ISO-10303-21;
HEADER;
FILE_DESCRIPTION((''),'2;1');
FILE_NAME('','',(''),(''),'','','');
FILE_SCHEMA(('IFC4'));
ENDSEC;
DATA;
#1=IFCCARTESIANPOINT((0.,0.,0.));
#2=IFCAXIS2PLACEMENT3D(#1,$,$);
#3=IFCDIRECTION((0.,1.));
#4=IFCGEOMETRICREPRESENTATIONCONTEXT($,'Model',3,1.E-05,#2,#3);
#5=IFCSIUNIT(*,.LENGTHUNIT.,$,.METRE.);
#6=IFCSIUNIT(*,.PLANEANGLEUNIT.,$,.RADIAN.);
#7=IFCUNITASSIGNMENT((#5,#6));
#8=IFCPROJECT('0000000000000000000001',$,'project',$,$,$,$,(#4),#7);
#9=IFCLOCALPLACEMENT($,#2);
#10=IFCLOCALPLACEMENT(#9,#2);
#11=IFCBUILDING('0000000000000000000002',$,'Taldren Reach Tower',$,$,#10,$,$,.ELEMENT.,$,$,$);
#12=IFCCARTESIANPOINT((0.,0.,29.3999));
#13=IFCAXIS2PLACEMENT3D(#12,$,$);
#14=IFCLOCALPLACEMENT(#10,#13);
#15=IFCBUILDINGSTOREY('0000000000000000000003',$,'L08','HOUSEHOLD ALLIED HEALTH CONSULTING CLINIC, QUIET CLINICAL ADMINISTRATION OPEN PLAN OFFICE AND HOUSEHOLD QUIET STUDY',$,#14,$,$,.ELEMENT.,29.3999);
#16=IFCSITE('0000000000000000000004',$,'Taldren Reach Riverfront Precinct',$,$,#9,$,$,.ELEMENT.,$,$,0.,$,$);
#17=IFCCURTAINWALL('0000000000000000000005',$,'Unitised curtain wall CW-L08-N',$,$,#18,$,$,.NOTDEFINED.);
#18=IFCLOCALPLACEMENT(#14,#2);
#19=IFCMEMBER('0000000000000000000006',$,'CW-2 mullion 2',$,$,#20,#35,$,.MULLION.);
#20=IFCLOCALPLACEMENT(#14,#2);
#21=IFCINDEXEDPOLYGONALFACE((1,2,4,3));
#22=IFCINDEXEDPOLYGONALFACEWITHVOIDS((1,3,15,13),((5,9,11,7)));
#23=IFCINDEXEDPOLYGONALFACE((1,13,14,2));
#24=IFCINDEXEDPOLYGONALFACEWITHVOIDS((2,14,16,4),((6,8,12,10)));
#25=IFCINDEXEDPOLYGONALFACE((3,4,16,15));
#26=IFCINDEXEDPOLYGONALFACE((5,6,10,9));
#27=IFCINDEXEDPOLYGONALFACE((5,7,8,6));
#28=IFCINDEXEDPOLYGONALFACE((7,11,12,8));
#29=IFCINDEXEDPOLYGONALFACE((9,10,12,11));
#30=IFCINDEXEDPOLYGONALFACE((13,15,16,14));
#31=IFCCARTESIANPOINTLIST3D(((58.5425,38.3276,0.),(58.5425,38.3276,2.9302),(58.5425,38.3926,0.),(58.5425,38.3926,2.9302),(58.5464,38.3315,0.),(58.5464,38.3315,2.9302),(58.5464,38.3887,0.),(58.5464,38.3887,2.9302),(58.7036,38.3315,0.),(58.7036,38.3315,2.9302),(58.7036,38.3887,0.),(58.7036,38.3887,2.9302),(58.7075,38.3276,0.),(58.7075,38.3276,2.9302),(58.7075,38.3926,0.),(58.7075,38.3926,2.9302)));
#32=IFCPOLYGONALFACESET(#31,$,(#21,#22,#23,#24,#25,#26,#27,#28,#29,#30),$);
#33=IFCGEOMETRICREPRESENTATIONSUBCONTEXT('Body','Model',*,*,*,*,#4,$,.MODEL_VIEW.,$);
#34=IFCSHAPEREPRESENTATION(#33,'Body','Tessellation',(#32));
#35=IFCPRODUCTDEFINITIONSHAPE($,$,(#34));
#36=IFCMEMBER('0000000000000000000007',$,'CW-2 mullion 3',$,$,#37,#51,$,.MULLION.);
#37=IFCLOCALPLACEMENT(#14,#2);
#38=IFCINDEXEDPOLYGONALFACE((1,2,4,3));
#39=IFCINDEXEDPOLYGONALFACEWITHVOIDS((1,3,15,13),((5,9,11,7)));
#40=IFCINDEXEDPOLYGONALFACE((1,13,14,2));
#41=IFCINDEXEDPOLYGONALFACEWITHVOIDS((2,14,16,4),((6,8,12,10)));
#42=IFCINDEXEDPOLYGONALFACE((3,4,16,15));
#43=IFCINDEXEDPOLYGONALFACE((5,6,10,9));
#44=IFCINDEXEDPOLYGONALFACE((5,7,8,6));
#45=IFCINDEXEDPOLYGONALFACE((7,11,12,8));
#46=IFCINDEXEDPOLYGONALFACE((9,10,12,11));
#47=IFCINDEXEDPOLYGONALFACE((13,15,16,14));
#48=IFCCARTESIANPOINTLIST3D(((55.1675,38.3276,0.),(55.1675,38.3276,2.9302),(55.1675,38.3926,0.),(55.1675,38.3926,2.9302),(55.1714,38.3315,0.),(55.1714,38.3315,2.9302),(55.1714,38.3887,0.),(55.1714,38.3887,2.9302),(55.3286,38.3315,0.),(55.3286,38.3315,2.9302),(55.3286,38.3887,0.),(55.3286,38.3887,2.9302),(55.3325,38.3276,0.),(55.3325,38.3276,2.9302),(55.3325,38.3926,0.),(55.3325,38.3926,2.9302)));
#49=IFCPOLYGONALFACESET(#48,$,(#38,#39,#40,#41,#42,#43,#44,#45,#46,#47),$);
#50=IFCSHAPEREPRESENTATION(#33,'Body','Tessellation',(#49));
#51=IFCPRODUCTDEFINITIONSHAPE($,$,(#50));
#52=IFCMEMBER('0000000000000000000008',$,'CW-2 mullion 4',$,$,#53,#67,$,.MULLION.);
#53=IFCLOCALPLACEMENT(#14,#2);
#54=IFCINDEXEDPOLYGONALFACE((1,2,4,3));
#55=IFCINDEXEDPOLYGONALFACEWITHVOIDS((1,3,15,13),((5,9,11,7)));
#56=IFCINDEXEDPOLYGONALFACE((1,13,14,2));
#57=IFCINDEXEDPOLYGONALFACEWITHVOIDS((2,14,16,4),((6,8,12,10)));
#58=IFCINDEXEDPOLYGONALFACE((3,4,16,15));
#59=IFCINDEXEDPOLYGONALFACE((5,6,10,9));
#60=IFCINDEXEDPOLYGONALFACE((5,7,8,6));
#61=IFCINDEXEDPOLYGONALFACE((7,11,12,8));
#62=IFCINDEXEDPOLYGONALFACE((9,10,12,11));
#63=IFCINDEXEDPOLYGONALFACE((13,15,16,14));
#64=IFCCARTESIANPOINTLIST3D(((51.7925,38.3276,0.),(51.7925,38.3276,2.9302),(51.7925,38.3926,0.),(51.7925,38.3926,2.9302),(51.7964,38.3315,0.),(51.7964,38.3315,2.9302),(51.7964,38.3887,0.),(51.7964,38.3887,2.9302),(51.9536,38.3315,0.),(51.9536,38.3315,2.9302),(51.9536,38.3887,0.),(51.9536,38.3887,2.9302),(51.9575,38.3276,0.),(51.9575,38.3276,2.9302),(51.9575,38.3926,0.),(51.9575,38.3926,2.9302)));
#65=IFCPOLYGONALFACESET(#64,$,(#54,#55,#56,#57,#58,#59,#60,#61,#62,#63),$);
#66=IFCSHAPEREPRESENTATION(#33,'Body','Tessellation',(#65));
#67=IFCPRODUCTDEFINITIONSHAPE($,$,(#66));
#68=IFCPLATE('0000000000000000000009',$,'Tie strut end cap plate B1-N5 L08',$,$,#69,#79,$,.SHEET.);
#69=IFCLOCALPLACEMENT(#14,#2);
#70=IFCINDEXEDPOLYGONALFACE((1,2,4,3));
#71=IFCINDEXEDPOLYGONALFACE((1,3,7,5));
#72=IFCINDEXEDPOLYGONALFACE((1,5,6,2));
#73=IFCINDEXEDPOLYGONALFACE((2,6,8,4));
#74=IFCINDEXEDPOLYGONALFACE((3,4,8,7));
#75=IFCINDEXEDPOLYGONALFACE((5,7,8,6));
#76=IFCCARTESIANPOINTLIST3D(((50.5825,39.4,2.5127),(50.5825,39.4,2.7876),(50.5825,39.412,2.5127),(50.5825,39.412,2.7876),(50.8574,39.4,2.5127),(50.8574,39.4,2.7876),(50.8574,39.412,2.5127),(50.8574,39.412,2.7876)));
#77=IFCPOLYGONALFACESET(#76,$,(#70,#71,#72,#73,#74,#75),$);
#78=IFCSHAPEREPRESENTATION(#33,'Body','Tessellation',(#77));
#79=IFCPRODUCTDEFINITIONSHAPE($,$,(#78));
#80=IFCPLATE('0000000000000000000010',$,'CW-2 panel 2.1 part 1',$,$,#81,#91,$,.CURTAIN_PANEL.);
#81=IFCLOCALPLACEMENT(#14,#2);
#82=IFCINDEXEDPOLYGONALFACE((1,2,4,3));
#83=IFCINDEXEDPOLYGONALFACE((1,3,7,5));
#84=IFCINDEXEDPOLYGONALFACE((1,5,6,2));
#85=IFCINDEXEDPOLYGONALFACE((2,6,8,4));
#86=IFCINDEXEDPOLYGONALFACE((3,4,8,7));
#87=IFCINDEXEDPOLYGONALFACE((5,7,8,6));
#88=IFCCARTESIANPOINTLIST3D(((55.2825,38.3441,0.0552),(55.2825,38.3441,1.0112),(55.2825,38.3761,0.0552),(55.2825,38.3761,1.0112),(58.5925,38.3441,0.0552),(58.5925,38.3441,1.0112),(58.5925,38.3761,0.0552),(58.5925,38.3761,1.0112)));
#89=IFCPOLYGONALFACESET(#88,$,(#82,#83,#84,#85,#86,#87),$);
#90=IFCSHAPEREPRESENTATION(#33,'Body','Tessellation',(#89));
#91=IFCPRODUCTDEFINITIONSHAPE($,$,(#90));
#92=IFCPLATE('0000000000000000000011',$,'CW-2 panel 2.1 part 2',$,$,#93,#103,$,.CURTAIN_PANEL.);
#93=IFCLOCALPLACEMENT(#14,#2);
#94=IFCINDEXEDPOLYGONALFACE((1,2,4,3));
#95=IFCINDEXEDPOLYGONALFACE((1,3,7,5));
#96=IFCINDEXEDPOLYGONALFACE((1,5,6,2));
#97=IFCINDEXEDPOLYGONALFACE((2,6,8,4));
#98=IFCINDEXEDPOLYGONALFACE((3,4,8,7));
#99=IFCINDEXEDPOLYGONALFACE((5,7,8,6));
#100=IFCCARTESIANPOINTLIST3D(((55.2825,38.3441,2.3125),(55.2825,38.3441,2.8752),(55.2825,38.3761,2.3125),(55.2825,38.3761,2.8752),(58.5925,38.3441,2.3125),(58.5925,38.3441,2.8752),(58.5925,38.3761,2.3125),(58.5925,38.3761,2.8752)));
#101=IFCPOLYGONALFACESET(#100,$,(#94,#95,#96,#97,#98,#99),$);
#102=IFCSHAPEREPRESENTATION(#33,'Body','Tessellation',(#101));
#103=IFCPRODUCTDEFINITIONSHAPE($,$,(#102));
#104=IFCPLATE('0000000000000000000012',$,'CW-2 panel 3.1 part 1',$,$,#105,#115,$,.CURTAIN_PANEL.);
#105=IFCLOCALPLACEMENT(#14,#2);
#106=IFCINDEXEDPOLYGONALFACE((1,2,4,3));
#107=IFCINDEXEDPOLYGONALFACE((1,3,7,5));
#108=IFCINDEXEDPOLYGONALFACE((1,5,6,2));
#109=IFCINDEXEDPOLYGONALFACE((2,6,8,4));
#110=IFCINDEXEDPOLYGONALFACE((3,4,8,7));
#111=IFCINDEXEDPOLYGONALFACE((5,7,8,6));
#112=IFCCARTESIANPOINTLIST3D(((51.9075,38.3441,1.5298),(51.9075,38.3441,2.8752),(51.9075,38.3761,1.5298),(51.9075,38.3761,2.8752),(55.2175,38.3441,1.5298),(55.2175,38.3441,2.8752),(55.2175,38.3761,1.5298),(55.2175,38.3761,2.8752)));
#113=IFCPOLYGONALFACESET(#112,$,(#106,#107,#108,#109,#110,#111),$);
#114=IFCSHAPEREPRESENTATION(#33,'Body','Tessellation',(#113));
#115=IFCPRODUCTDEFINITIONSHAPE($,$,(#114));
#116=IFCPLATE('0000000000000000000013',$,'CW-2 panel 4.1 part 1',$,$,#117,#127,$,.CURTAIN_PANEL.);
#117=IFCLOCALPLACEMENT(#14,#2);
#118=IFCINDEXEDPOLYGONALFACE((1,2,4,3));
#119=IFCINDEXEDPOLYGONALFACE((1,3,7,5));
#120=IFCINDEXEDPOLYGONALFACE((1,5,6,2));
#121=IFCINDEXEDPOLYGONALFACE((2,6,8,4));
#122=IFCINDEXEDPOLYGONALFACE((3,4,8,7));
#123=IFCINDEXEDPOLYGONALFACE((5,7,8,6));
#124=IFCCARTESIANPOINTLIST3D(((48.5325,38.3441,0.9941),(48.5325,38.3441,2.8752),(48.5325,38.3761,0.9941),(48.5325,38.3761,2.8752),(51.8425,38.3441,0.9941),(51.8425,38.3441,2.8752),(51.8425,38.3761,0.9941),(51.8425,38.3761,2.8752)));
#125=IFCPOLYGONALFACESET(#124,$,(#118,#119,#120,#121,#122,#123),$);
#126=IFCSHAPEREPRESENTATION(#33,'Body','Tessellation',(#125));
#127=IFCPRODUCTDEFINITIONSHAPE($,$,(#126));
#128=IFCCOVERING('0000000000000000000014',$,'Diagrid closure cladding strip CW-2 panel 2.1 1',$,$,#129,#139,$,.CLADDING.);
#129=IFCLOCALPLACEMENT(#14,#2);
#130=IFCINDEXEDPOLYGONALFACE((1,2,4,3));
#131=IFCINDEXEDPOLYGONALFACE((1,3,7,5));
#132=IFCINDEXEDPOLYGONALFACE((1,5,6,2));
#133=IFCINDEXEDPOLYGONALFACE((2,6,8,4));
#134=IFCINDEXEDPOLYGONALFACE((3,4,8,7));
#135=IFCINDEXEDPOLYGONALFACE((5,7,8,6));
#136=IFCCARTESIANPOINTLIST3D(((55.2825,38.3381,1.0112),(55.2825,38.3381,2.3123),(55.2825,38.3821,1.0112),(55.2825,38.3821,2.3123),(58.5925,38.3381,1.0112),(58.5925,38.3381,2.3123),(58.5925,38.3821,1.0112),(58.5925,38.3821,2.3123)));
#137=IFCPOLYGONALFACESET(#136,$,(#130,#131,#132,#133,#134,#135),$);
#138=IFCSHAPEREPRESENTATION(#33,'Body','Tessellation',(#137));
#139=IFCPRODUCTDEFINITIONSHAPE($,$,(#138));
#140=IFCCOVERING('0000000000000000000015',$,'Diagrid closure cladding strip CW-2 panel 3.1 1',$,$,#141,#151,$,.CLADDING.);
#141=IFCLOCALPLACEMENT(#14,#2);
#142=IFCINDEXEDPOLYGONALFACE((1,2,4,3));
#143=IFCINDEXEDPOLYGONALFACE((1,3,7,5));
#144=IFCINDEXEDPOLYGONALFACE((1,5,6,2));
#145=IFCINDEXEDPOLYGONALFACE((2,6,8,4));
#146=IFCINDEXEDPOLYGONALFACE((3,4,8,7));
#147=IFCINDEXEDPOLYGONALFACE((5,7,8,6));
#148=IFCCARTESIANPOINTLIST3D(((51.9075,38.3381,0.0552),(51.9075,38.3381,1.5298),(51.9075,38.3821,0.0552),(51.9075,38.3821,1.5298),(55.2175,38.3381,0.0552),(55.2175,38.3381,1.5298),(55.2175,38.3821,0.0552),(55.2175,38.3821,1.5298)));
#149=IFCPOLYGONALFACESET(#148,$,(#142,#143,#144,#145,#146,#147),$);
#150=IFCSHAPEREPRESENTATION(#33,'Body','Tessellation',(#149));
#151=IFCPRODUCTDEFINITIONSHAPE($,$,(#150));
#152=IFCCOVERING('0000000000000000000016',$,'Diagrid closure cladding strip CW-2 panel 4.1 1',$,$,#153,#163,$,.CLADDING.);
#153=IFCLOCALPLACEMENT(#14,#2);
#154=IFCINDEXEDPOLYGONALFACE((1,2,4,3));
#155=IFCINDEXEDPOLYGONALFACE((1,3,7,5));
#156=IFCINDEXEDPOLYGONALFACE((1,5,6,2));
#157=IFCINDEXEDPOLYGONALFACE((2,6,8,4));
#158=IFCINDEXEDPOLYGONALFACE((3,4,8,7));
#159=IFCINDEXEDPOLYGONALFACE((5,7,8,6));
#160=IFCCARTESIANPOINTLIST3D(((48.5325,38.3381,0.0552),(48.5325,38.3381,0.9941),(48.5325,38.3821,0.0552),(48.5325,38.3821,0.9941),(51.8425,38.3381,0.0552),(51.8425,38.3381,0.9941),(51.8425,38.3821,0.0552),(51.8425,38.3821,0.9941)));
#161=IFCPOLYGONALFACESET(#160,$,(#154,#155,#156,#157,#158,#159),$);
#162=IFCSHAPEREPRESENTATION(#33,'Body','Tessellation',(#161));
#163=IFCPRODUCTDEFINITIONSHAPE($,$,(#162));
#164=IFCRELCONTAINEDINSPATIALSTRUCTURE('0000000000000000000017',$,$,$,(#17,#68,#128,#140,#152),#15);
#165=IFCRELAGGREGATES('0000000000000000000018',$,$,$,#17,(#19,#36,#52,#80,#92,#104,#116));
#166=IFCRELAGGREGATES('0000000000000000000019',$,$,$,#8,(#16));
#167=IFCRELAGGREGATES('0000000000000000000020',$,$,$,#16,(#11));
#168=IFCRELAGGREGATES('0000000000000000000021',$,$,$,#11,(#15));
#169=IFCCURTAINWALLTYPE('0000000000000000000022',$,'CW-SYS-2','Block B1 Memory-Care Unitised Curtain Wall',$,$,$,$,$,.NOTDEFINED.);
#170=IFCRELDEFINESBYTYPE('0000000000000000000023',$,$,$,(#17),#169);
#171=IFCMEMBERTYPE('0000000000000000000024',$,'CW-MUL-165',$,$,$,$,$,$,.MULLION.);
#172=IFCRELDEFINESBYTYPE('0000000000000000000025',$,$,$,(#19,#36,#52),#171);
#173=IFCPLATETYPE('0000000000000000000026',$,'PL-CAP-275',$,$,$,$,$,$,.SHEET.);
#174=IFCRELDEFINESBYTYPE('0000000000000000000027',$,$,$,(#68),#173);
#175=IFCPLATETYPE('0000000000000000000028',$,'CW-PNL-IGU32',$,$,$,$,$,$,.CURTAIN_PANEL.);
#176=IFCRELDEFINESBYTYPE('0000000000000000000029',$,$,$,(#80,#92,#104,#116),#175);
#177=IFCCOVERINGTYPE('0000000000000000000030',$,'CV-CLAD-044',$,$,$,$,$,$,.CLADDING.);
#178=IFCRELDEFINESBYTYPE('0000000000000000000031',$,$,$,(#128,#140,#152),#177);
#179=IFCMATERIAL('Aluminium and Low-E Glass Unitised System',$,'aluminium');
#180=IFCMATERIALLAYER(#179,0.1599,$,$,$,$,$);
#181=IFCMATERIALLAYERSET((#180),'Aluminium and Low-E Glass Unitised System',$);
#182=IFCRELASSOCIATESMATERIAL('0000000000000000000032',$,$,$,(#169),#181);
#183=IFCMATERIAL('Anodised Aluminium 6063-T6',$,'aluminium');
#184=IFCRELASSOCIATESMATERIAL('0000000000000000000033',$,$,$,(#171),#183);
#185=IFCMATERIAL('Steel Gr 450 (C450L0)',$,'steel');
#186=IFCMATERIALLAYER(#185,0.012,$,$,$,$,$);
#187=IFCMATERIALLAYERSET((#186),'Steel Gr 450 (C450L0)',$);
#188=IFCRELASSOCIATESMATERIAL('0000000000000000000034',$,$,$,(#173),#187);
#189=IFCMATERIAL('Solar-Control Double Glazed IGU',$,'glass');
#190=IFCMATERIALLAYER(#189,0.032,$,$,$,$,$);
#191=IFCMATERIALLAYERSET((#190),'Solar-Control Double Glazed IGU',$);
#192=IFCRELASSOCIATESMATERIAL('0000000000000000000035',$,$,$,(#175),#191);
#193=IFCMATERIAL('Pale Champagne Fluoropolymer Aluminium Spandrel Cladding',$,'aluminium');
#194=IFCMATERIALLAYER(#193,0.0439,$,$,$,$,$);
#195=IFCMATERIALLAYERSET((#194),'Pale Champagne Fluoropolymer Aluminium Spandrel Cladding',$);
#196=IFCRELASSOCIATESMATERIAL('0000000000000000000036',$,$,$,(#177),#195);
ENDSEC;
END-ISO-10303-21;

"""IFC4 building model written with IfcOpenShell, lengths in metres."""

from ifc_helpers import new_model, si_unit, direction, frame, origin, origin_2d, place, context, subcontext, project, spatial, rectangle, hollow_rectangle, extrude, source, transform, mapped, material, layer, layer_set, material_profile, profile_set, type_object, element, aggregate, save


model = new_model("IFC4")

# Units and contexts
model_context = context("Model", 3, precision=1e-05, world=origin(), true_north=direction((0.0, 1.0)))
body_context = subcontext(model_context, "Body", "Model", "MODEL_VIEW")
ifc_project = project(units=[si_unit("LENGTHUNIT", "METRE"), si_unit("PLANEANGLEUNIT", "RADIAN")], contexts=[model_context])

# Site, building, storey
site_placement = place(None, origin())
site = spatial("IfcSite", under=ifc_project, at=site_placement, Name="Taldren Reach Riverfront Precinct", CompositionType="ELEMENT", RefElevation=0.0)
building_placement = place(site_placement, origin())
building = spatial("IfcBuilding", under=site, at=building_placement, Name="Taldren Reach Tower", CompositionType="ELEMENT")
storey_placement = place(building_placement, frame((0.0, 0.0, 29.3999)))
storey = spatial("IfcBuildingStorey", under=building, at=storey_placement, Name="L08", Description="HOUSEHOLD ALLIED HEALTH CONSULTING CLINIC, QUIET CLINICAL ADMINISTRATION OPEN PLAN OFFICE AND HOUSEHOLD QUIET STUDY", CompositionType="ELEMENT", Elevation=29.3999)

# Shared definitions
ifc_material_1 = material(Name="Steel Gr 450 (C450L0)", Category="steel")

# Curtain wall, members
ifc_material_2 = material(Name="Aluminium and Low-E Glass Unitised System", Category="aluminium")
ifc_layer_1 = layer(ifc_material_2, 0.1599)
ifc_layer_set_1 = layer_set([ifc_layer_1], Name="Aluminium and Low-E Glass Unitised System")
curtain_wall_type = type_object("IfcCurtainWallType", Name="CW-SYS-2", Description="Block B1 Memory-Care Unitised Curtain Wall", PredefinedType="NOTDEFINED", material=ifc_layer_set_1)
curtain_wall_placement = place(storey_placement, origin())
curtain_wall = element("IfcCurtainWall", 1, at=curtain_wall_placement, inside=storey, type_object=curtain_wall_type, Name="Unitised curtain wall CW-L08-N", PredefinedType="NOTDEFINED")
ifc_material_3 = material(Name="Anodised Aluminium 6063-T6", Category="aluminium")
ifc_material_profile_1 = material_profile(ifc_material_3, hollow_rectangle(XDim=0.0649, YDim=0.165, WallThickness=0.0039, at=origin_2d()), Name="ALU-165x65x4RHS")
ifc_profile_set_1 = profile_set([ifc_material_profile_1], Name="Anodised Aluminium 6063-T6")
member_type_1 = type_object("IfcMemberType", Name="CW-MUL-165", PredefinedType="MULLION", material=ifc_profile_set_1)
shared_shape_1 = source(origin(), body_context, "Body", "SweptSolid", [
    extrude(hollow_rectangle(XDim=0.0649, YDim=0.165, WallThickness=0.0039, at=origin_2d()), origin(), (0.0, 0.0, 1.0), 2.9302),
])
member_1_placement = place(storey_placement, frame((58.625, 38.3601, 0.0), z_axis=(0.0, 0.0, 1.0), x_axis=(0.0, -1.0, 0.0)))
member_1 = element("IfcMember", 2, at=member_1_placement, type_object=member_type_1, Name="CW-2 mullion 2", PredefinedType="MULLION", context=body_context, shape_type="MappedRepresentation", body=[
    mapped(shared_shape_1, transform((0.0, 0.0, 0.0), scale=1.0)),
])
member_2_placement = place(storey_placement, frame((55.25, 38.3601, 0.0), z_axis=(0.0, 0.0, 1.0), x_axis=(0.0, -1.0, 0.0)))
member_2 = element("IfcMember", 3, at=member_2_placement, type_object=member_type_1, Name="CW-2 mullion 3", PredefinedType="MULLION", context=body_context, shape_type="MappedRepresentation", body=[
    mapped(shared_shape_1, transform((0.0, 0.0, 0.0), scale=1.0)),
])
member_3_placement = place(storey_placement, frame((51.875, 38.3601, 0.0), z_axis=(0.0, 0.0, 1.0), x_axis=(0.0, -1.0, 0.0)))
member_3 = element("IfcMember", 4, at=member_3_placement, type_object=member_type_1, Name="CW-2 mullion 4", PredefinedType="MULLION", context=body_context, shape_type="MappedRepresentation", body=[
    mapped(shared_shape_1, transform((0.0, 0.0, 0.0), scale=1.0)),
])

# Plates
ifc_layer_2 = layer(ifc_material_1, 0.012)
ifc_layer_set_2 = layer_set([ifc_layer_2], Name="Steel Gr 450 (C450L0)")
plate_type_1 = type_object("IfcPlateType", Name="PL-CAP-275", PredefinedType="SHEET", material=ifc_layer_set_2)
shared_shape_2 = source(origin(), body_context, "Body", "SweptSolid", [
    extrude(rectangle(XDim=0.2749, YDim=0.012, at=origin_2d()), origin(), (0.0, 0.0, 1.0), 0.2749),
])
plate_1_placement = place(storey_placement, frame((50.72, 39.406, 2.5127), z_axis=(0.0, 0.0, 1.0), x_axis=(1.0, 0.0, 0.0)))
element("IfcPlate", 5, at=plate_1_placement, inside=storey, type_object=plate_type_1, Name="Tie strut end cap plate B1-N5 L08", PredefinedType="SHEET", context=body_context, shape_type="MappedRepresentation", body=[
    mapped(shared_shape_2, transform((0.0, 0.0, 0.0), scale=1.0)),
])
ifc_material_4 = material(Name="Solar-Control Double Glazed IGU", Category="glass")
ifc_layer_3 = layer(ifc_material_4, 0.032)
ifc_layer_set_3 = layer_set([ifc_layer_3], Name="Solar-Control Double Glazed IGU")
plate_type_2 = type_object("IfcPlateType", Name="CW-PNL-IGU32", PredefinedType="CURTAIN_PANEL", material=ifc_layer_set_3)
shared_shape_3 = source(origin(), body_context, "Body", "SweptSolid", [
    extrude(rectangle(XDim=3.3101, YDim=0.032, at=origin_2d()), origin(), (0.0, 0.0, 1.0), 0.9561),
])
plate_2_placement = place(storey_placement, frame((56.9375, 38.3601, 0.0552), z_axis=(0.0, 0.0, 1.0), x_axis=(-1.0, 0.0, 0.0)))
plate_2 = element("IfcPlate", 6, at=plate_2_placement, type_object=plate_type_2, Name="CW-2 panel 2.1 part 1", PredefinedType="CURTAIN_PANEL", context=body_context, shape_type="MappedRepresentation", body=[
    mapped(shared_shape_3, transform((0.0, 0.0, 0.0), scale=1.0)),
])
shared_shape_4 = source(origin(), body_context, "Body", "SweptSolid", [
    extrude(rectangle(XDim=3.3101, YDim=0.032, at=origin_2d()), origin(), (0.0, 0.0, 1.0), 0.5627),
])
plate_3_placement = place(storey_placement, frame((56.9375, 38.3601, 2.3125), z_axis=(0.0, 0.0, 1.0), x_axis=(-1.0, 0.0, 0.0)))
plate_3 = element("IfcPlate", 7, at=plate_3_placement, type_object=plate_type_2, Name="CW-2 panel 2.1 part 2", PredefinedType="CURTAIN_PANEL", context=body_context, shape_type="MappedRepresentation", body=[
    mapped(shared_shape_4, transform((0.0, 0.0, 0.0), scale=1.0)),
])
shared_shape_5 = source(origin(), body_context, "Body", "SweptSolid", [
    extrude(rectangle(XDim=3.3101, YDim=0.032, at=origin_2d()), origin(), (0.0, 0.0, 1.0), 1.3455),
])
plate_4_placement = place(storey_placement, frame((53.5625, 38.3601, 1.5298), z_axis=(0.0, 0.0, 1.0), x_axis=(-1.0, 0.0, 0.0)))
plate_4 = element("IfcPlate", 8, at=plate_4_placement, type_object=plate_type_2, Name="CW-2 panel 3.1 part 1", PredefinedType="CURTAIN_PANEL", context=body_context, shape_type="MappedRepresentation", body=[
    mapped(shared_shape_5, transform((0.0, 0.0, 0.0), scale=1.0)),
])
shared_shape_6 = source(origin(), body_context, "Body", "SweptSolid", [
    extrude(rectangle(XDim=3.3101, YDim=0.032, at=origin_2d()), origin(), (0.0, 0.0, 1.0), 1.8811),
])
plate_5_placement = place(storey_placement, frame((50.1875, 38.3601, 0.9941), z_axis=(0.0, 0.0, 1.0), x_axis=(-1.0, 0.0, 0.0)))
plate_5 = element("IfcPlate", 9, at=plate_5_placement, type_object=plate_type_2, Name="CW-2 panel 4.1 part 1", PredefinedType="CURTAIN_PANEL", context=body_context, shape_type="MappedRepresentation", body=[
    mapped(shared_shape_6, transform((0.0, 0.0, 0.0), scale=1.0)),
])
aggregate(curtain_wall, [member_1, member_2, member_3, plate_2, plate_3, plate_4, plate_5])

# Coverings
ifc_material_5 = material(Name="Pale Champagne Fluoropolymer Aluminium Spandrel Cladding", Category="aluminium")
ifc_layer_4 = layer(ifc_material_5, 0.0439)
ifc_layer_set_4 = layer_set([ifc_layer_4], Name="Pale Champagne Fluoropolymer Aluminium Spandrel Cladding")
covering_type = type_object("IfcCoveringType", Name="CV-CLAD-044", PredefinedType="CLADDING", material=ifc_layer_set_4)
shared_shape_7 = source(origin(), body_context, "Body", "SweptSolid", [
    extrude(rectangle(XDim=3.3101, YDim=0.0439, at=origin_2d()), origin(), (0.0, 0.0, 1.0), 1.301),
])
covering_1_placement = place(storey_placement, frame((56.9375, 38.3601, 1.0112), z_axis=(0.0, 0.0, 1.0), x_axis=(-1.0, 0.0, 0.0)))
element("IfcCovering", 10, at=covering_1_placement, inside=storey, type_object=covering_type, Name="Diagrid closure cladding strip CW-2 panel 2.1 1", PredefinedType="CLADDING", context=body_context, shape_type="MappedRepresentation", body=[
    mapped(shared_shape_7, transform((0.0, 0.0, 0.0), scale=1.0)),
])
shared_shape_8 = source(origin(), body_context, "Body", "SweptSolid", [
    extrude(rectangle(XDim=3.3101, YDim=0.0439, at=origin_2d()), origin(), (0.0, 0.0, 1.0), 1.4746),
])
covering_2_placement = place(storey_placement, frame((53.5625, 38.3601, 0.0552), z_axis=(0.0, 0.0, 1.0), x_axis=(-1.0, 0.0, 0.0)))
element("IfcCovering", 11, at=covering_2_placement, inside=storey, type_object=covering_type, Name="Diagrid closure cladding strip CW-2 panel 3.1 1", PredefinedType="CLADDING", context=body_context, shape_type="MappedRepresentation", body=[
    mapped(shared_shape_8, transform((0.0, 0.0, 0.0), scale=1.0)),
])
shared_shape_9 = source(origin(), body_context, "Body", "SweptSolid", [
    extrude(rectangle(XDim=3.3101, YDim=0.0439, at=origin_2d()), origin(), (0.0, 0.0, 1.0), 0.939),
])
covering_3_placement = place(storey_placement, frame((50.1875, 38.3601, 0.0552), z_axis=(0.0, 0.0, 1.0), x_axis=(-1.0, 0.0, 0.0)))
element("IfcCovering", 12, at=covering_3_placement, inside=storey, type_object=covering_type, Name="Diagrid closure cladding strip CW-2 panel 4.1 1", PredefinedType="CLADDING", context=body_context, shape_type="MappedRepresentation", body=[
    mapped(shared_shape_9, transform((0.0, 0.0, 0.0), scale=1.0)),
])

save(model, "model.ifc")
